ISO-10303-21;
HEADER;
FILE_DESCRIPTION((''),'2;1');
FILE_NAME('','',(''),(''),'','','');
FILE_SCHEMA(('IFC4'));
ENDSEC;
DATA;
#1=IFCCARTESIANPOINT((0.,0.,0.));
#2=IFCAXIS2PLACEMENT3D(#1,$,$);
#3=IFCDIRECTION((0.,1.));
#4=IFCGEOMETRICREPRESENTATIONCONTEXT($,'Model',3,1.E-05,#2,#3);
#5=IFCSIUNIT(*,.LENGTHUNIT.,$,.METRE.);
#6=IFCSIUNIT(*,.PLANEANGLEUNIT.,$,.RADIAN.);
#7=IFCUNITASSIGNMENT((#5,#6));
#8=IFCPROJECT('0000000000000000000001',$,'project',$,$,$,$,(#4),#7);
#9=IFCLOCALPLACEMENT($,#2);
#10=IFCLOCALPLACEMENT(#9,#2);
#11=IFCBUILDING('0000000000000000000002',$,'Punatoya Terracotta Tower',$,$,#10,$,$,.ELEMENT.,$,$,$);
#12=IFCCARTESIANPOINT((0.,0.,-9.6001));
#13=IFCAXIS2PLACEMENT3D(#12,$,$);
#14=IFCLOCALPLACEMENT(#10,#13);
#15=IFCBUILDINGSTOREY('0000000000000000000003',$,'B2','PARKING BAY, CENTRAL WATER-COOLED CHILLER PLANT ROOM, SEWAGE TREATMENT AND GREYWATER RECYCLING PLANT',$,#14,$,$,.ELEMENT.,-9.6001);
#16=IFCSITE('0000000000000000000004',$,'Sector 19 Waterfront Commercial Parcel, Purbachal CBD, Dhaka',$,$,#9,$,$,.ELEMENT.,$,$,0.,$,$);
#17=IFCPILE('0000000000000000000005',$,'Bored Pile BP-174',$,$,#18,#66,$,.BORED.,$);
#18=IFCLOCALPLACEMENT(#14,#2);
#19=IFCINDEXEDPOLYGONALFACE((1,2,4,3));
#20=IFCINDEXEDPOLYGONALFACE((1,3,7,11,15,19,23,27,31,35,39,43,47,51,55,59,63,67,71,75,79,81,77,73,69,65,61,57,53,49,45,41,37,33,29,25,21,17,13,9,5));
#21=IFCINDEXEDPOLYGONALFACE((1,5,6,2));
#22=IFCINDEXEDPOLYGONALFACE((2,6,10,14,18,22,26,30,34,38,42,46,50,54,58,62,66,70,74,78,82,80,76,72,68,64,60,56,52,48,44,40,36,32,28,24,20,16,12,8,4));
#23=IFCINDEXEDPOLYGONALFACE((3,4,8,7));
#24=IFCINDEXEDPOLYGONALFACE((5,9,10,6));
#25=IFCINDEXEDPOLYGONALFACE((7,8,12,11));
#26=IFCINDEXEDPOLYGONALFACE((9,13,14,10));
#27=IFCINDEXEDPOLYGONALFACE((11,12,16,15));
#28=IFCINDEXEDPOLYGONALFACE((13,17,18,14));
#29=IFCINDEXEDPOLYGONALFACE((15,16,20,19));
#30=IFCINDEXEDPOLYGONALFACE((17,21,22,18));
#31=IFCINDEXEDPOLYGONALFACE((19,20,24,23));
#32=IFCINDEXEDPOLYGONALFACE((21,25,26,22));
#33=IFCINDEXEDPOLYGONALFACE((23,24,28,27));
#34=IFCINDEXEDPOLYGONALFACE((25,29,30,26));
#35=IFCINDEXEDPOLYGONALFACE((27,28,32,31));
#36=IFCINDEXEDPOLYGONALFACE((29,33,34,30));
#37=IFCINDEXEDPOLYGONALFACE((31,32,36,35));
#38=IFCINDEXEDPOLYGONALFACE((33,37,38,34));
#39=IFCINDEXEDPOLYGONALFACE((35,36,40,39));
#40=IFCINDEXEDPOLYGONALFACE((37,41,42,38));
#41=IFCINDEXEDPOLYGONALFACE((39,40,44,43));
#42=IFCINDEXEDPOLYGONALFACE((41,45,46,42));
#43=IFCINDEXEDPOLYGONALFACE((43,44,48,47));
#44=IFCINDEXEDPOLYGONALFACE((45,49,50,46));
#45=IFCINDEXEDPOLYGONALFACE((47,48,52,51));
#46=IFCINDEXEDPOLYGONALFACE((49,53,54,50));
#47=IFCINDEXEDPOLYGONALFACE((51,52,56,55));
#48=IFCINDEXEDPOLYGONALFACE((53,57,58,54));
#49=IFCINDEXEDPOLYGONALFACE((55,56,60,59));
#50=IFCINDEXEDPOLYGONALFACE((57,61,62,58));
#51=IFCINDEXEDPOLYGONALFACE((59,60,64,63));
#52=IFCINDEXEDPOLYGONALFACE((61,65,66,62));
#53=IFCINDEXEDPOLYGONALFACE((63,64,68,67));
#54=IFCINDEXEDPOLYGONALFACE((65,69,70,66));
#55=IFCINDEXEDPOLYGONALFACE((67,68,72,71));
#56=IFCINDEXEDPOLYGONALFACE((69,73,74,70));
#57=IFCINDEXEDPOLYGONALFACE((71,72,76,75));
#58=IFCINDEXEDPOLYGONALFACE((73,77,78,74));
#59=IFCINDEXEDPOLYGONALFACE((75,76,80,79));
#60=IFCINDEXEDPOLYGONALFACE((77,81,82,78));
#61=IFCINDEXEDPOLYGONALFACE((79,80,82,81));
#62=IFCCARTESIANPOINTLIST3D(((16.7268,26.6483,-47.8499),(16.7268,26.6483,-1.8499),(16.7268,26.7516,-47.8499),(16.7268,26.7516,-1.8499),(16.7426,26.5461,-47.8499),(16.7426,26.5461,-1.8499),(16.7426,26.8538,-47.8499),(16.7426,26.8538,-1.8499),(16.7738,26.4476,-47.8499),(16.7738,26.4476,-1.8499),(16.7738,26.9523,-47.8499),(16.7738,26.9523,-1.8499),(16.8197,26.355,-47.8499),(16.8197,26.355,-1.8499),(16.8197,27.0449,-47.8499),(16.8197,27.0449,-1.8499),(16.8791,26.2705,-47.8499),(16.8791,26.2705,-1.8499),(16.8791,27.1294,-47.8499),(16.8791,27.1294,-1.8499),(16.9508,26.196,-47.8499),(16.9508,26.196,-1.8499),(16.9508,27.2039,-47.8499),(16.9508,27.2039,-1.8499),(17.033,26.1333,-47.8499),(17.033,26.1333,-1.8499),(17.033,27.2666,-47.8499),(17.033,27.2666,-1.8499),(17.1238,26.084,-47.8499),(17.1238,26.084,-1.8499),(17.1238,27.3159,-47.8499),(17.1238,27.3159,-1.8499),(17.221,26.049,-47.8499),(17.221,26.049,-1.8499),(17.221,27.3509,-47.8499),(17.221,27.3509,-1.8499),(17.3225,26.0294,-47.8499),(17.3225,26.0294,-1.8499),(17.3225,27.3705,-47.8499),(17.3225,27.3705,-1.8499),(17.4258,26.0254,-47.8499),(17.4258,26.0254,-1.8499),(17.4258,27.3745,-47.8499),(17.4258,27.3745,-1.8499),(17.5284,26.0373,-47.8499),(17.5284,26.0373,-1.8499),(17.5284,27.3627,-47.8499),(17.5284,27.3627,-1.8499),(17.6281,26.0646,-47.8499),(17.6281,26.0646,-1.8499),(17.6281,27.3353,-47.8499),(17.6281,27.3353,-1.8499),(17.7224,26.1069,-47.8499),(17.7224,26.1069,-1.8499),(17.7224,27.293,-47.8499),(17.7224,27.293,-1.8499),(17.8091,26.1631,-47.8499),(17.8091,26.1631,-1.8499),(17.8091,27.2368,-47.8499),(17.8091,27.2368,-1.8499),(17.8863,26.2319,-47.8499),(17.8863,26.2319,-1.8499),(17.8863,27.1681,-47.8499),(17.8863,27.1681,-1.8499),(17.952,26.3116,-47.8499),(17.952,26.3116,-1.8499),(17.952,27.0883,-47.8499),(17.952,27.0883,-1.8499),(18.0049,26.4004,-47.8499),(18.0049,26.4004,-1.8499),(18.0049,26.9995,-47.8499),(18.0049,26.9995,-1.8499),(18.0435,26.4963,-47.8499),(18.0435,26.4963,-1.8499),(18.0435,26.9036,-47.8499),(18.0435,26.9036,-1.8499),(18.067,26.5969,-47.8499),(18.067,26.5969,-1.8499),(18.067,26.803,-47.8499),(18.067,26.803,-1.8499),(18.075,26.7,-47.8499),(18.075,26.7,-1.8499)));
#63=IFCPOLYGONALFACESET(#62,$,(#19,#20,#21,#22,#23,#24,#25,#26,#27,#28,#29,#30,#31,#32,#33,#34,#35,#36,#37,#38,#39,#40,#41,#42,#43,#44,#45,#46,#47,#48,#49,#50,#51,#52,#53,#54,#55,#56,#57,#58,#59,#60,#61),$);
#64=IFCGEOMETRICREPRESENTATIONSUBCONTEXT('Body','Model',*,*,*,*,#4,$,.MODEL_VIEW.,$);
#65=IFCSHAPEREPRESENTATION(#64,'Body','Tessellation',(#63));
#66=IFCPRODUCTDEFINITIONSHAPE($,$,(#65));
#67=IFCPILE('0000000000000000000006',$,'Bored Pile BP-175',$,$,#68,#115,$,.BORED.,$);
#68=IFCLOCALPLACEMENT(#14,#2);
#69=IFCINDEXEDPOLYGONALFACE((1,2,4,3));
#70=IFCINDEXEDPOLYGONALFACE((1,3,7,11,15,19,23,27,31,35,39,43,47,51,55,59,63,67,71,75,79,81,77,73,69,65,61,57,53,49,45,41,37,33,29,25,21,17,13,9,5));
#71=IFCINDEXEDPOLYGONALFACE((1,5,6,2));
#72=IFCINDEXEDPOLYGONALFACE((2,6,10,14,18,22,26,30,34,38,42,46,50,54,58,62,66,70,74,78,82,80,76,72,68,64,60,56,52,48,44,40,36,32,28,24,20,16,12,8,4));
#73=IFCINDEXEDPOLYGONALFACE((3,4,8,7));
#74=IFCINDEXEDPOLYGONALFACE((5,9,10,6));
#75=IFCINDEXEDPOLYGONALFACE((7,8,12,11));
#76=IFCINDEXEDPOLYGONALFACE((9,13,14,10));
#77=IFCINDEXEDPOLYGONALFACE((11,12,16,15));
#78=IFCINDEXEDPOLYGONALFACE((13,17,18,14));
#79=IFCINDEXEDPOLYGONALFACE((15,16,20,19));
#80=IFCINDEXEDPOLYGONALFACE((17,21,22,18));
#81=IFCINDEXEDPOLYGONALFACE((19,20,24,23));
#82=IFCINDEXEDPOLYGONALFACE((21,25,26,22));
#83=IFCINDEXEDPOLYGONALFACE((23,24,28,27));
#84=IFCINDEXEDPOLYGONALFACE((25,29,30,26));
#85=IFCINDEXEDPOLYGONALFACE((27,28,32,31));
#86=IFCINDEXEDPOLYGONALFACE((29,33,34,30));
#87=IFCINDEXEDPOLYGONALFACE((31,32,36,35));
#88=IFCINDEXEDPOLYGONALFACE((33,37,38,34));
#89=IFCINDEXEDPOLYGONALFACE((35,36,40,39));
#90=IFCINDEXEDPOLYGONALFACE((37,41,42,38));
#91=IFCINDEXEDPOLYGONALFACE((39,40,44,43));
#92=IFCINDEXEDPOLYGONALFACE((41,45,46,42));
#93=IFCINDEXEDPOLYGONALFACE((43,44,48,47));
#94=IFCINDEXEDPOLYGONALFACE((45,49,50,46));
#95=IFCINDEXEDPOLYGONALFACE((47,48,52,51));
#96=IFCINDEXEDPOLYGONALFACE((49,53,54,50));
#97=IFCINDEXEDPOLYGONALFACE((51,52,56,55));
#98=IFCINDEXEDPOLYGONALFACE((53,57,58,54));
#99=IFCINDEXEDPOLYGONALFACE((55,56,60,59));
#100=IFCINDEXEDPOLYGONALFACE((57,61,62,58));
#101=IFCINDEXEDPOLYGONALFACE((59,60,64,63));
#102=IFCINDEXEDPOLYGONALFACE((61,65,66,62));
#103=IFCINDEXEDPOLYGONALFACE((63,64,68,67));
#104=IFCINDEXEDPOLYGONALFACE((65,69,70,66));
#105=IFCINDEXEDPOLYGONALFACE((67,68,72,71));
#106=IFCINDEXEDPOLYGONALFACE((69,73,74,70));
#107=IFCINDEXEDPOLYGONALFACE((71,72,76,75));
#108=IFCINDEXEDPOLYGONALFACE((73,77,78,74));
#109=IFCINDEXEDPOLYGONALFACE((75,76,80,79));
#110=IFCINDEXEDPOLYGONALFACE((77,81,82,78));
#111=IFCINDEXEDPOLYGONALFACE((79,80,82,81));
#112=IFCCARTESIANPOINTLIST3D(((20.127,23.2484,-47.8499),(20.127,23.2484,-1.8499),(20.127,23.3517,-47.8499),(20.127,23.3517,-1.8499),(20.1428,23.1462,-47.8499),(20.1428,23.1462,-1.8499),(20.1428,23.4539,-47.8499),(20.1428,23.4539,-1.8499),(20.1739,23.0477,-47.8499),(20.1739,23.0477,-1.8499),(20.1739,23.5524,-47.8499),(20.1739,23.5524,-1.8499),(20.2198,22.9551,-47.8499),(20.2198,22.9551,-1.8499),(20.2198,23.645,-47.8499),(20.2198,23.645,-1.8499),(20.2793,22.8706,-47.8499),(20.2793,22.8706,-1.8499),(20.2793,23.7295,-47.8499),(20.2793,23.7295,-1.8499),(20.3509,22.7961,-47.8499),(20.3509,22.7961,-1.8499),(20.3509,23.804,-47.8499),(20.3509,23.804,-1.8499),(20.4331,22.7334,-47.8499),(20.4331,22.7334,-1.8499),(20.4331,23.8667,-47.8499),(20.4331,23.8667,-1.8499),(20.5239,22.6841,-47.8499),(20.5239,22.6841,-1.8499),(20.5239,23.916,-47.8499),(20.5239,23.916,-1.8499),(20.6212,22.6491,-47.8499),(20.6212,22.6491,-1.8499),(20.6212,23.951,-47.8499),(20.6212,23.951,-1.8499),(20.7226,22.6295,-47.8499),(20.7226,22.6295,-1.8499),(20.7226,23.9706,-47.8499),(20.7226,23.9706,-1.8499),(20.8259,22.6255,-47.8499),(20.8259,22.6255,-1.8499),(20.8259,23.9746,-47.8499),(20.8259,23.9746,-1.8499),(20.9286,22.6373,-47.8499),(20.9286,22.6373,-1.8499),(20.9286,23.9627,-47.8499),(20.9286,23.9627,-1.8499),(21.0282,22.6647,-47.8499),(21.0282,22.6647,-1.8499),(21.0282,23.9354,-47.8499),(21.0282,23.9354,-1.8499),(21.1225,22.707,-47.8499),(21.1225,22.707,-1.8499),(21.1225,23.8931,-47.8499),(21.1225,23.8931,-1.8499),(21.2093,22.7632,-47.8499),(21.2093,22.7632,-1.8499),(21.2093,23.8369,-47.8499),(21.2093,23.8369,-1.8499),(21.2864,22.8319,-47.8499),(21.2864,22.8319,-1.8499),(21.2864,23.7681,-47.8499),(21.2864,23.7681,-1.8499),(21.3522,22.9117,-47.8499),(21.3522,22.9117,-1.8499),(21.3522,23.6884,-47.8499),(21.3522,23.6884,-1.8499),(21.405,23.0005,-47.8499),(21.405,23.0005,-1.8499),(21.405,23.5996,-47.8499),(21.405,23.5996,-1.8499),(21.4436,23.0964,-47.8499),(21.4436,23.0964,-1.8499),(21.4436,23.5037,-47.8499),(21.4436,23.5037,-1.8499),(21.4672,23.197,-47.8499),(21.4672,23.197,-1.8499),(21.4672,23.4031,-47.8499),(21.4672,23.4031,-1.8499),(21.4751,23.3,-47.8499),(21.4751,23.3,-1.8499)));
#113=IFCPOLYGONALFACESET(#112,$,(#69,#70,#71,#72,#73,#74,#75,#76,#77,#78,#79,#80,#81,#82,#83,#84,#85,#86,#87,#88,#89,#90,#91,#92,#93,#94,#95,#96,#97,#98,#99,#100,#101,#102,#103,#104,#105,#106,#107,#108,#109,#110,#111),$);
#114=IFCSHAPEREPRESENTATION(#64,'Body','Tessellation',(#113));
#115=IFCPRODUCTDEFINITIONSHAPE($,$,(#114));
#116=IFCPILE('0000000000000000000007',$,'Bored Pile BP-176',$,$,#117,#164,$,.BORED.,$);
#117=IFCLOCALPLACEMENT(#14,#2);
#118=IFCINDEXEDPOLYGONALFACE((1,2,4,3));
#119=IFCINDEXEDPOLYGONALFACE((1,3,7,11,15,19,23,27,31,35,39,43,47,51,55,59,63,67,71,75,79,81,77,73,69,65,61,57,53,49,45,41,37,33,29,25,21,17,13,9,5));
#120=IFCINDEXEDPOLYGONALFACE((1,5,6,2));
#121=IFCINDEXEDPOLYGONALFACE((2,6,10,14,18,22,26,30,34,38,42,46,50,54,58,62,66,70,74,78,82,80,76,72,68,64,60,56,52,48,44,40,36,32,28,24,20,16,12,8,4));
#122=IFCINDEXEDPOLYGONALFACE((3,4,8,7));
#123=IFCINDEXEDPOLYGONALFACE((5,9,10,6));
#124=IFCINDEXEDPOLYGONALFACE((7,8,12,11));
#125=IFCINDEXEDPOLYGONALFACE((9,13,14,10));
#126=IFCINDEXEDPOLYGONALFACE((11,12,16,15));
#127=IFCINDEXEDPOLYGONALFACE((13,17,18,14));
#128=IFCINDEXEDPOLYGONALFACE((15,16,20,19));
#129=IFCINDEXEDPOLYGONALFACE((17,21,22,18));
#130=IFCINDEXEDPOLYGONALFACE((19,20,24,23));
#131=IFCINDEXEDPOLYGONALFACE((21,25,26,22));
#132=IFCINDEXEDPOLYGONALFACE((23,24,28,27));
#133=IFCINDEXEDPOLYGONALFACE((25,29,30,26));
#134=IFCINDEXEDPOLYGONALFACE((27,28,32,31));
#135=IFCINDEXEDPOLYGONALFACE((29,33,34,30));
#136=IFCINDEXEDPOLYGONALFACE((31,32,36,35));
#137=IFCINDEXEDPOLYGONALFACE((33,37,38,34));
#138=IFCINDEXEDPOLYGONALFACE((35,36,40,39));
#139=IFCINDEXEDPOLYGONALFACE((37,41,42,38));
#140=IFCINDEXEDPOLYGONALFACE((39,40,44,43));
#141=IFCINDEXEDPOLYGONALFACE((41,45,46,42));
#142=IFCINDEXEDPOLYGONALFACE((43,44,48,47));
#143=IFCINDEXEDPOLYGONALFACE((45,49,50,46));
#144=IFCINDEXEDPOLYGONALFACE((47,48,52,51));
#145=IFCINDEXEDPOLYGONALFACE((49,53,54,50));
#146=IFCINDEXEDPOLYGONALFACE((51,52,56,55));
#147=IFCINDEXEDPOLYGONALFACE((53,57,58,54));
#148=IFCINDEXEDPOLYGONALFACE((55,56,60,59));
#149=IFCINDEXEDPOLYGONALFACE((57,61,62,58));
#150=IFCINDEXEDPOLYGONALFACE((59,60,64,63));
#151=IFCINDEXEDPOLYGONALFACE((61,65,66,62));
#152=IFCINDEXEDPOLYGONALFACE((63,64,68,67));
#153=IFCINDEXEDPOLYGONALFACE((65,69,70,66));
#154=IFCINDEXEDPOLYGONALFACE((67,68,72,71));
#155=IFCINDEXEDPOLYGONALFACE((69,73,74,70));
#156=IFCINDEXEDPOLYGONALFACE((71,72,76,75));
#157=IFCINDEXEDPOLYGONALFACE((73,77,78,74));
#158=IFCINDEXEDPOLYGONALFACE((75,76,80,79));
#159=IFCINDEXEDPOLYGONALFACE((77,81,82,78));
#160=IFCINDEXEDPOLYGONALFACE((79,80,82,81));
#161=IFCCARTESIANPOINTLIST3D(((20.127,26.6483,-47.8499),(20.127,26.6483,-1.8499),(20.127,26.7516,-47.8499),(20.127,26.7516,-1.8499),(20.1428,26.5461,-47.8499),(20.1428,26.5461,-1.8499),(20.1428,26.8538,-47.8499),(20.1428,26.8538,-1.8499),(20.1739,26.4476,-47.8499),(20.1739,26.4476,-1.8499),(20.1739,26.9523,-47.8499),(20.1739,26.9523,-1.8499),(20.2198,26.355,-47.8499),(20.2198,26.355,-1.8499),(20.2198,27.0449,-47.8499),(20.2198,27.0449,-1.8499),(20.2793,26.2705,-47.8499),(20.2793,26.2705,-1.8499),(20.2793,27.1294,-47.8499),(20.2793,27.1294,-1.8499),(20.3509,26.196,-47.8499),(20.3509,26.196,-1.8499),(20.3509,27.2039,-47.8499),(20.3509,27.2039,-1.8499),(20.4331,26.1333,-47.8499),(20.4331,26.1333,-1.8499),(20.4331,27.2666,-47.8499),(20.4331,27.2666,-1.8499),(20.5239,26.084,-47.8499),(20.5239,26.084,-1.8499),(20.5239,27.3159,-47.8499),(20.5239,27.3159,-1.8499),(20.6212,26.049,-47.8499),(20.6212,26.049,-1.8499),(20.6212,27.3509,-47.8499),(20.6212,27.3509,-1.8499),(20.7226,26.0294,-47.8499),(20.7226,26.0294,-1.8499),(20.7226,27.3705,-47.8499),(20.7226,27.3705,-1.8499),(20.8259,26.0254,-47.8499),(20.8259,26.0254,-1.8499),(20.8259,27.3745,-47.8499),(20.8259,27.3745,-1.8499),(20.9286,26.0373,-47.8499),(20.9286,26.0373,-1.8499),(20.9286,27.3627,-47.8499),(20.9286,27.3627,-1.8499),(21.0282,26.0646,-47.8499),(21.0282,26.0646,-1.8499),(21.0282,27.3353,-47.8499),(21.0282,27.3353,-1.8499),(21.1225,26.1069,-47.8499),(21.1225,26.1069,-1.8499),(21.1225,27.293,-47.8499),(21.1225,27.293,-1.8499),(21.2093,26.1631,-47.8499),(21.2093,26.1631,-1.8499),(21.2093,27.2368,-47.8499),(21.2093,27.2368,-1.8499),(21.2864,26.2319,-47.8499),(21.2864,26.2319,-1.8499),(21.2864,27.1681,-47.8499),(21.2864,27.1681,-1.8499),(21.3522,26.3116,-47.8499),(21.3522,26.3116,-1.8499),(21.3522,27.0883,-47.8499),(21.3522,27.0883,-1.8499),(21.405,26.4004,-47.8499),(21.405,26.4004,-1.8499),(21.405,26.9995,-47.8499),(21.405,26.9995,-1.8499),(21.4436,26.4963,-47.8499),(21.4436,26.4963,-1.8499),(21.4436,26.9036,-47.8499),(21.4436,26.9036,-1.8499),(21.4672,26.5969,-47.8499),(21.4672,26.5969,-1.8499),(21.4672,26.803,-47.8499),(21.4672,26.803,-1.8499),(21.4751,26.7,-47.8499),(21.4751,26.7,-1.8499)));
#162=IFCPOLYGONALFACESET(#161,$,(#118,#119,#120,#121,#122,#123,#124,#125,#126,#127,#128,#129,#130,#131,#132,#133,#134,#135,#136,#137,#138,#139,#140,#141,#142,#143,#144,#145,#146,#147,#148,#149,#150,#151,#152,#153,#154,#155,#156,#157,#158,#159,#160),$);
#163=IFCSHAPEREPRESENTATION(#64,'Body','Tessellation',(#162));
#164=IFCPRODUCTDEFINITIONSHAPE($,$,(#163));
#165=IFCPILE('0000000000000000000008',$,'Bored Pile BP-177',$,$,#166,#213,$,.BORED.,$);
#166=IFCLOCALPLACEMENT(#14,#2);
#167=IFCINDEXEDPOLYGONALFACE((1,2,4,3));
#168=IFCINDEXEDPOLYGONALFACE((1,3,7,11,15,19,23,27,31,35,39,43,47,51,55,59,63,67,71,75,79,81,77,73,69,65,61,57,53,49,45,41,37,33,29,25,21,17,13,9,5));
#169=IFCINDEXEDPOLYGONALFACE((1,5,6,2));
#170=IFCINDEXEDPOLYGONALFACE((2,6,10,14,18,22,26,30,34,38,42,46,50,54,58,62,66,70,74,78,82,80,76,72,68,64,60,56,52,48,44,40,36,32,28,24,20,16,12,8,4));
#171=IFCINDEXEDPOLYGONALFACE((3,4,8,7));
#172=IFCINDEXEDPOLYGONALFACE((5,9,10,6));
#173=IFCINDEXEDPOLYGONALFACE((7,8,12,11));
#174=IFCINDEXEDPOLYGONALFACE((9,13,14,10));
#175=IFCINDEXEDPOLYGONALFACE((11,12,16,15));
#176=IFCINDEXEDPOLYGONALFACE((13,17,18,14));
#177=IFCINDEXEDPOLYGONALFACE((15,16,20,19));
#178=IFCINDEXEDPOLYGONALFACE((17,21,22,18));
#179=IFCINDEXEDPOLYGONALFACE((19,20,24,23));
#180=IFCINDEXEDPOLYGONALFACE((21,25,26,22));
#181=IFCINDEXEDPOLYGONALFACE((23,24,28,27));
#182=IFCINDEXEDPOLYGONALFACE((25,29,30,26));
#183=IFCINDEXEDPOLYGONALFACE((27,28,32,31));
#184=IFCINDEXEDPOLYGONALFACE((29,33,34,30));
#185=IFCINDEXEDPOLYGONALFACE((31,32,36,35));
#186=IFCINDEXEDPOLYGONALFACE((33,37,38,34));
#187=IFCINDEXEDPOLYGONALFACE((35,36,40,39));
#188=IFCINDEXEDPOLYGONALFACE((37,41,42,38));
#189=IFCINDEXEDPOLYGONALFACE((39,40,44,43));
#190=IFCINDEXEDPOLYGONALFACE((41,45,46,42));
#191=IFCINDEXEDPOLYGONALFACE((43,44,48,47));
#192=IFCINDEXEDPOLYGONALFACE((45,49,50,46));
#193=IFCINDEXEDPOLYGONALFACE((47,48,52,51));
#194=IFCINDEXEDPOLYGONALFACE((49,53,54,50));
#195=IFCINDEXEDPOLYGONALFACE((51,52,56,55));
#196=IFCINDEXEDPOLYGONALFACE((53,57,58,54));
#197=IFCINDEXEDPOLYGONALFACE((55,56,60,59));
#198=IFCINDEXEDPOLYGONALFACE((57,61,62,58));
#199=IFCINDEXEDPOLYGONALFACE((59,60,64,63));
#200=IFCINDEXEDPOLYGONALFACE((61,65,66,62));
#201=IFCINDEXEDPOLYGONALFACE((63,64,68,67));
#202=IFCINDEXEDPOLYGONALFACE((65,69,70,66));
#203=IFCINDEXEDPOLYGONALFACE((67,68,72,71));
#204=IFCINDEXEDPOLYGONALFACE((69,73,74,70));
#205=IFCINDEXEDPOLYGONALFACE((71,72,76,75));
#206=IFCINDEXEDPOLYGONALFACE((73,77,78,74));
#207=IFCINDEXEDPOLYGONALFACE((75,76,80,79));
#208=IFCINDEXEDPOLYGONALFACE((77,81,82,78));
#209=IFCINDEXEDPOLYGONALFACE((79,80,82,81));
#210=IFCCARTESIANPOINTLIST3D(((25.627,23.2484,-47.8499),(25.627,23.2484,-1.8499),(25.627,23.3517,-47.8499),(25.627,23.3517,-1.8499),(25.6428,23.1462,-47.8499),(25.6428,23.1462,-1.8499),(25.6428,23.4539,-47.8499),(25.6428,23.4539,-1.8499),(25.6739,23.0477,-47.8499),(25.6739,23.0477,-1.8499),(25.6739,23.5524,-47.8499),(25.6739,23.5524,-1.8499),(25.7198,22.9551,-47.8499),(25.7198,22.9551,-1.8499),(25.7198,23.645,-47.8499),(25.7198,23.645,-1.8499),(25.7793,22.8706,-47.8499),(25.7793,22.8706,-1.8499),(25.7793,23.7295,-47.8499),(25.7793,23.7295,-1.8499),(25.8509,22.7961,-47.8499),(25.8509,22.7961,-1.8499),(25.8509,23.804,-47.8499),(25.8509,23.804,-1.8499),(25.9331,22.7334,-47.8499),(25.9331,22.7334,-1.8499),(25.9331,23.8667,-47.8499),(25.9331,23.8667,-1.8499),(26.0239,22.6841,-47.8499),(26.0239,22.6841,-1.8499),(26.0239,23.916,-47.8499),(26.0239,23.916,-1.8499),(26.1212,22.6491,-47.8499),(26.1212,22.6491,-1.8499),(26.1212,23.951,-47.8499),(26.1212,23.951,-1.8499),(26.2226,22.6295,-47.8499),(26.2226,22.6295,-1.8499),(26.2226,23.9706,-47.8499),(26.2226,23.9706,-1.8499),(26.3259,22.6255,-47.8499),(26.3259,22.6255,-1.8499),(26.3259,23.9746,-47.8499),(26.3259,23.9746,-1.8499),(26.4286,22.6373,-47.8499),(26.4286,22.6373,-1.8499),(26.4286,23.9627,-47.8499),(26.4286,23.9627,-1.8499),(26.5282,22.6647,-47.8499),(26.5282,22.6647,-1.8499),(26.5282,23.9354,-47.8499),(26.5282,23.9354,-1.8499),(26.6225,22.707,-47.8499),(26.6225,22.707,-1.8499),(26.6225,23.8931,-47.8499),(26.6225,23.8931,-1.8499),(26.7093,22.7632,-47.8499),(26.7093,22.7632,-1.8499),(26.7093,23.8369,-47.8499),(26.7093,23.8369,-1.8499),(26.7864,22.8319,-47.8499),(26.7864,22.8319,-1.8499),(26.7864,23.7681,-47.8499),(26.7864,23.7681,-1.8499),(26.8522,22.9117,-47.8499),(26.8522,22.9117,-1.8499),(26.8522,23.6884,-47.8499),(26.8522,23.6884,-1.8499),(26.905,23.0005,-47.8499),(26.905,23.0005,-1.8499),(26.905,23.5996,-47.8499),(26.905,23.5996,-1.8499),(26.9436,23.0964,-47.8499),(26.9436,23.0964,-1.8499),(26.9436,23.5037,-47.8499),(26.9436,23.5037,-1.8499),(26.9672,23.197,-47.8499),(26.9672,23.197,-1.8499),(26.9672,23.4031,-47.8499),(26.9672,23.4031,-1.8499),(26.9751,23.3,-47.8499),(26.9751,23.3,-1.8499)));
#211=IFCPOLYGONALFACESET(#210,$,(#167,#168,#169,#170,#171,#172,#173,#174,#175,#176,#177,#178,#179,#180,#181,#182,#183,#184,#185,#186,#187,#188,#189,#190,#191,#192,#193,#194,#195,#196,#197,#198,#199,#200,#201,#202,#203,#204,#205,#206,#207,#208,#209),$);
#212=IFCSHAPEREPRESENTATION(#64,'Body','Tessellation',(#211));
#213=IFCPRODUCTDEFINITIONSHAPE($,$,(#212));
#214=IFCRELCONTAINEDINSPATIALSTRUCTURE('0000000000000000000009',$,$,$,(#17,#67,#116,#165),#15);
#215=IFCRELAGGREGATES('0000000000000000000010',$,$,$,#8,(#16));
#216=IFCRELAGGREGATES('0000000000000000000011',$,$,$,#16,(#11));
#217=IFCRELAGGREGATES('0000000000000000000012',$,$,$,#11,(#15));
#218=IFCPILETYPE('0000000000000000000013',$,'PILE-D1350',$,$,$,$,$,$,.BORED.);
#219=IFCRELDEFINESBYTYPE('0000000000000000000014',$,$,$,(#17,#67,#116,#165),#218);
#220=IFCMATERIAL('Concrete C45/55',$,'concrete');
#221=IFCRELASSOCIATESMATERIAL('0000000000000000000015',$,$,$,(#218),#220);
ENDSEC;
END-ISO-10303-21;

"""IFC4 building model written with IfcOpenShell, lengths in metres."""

from ifc_helpers import new_model, si_unit, direction, frame, origin, origin_2d, place, context, subcontext, project, spatial, circle, extrude, material, material_profile, profile_set, type_object, element, save


model = new_model("IFC4")

# Units and contexts
model_context = context("Model", 3, precision=1e-05, world=origin(), true_north=direction((0.0, 1.0)))
body_context = subcontext(model_context, "Body", "Model", "MODEL_VIEW")
ifc_project = project(units=[si_unit("LENGTHUNIT", "METRE"), si_unit("PLANEANGLEUNIT", "RADIAN")], contexts=[model_context])

# Site, building, storey
site_placement = place(None, origin())
site = spatial("IfcSite", under=ifc_project, at=site_placement, Name="Sector 19 Waterfront Commercial Parcel, Purbachal CBD, Dhaka", CompositionType="ELEMENT", RefElevation=0.0)
building_placement = place(site_placement, origin())
building = spatial("IfcBuilding", under=site, at=building_placement, Name="Punatoya Terracotta Tower", CompositionType="ELEMENT")
storey_placement = place(building_placement, frame((0.0, 0.0, -9.6001)))
storey = spatial("IfcBuildingStorey", under=building, at=storey_placement, Name="B2", Description="PARKING BAY, CENTRAL WATER-COOLED CHILLER PLANT ROOM, SEWAGE TREATMENT AND GREYWATER RECYCLING PLANT", CompositionType="ELEMENT", Elevation=-9.6001)

# Shared definitions
ifc_material_1 = material(Name="Concrete C45/55", Category="concrete")

# Piles
ifc_material_profile_1 = material_profile(ifc_material_1, circle(Radius=0.675, at=origin_2d()))
ifc_profile_set_1 = profile_set([ifc_material_profile_1], Name="Concrete C45/55")
pile_type_1 = type_object("IfcPileType", Name="PILE-D1350", PredefinedType="BORED", material=ifc_profile_set_1)
for number, where, z_axis, x_axis, name in (
    (1, (17.3999, 26.7, -1.8499), (0.0, 0.0, -1.0), (1.0, 0.0, 0.0), "Bored Pile BP-174"),
    (2, (20.8, 23.3, -1.8499), (0.0, 0.0, -1.0), (1.0, 0.0, 0.0), "Bored Pile BP-175"),
    (3, (20.8, 26.7, -1.8499), (0.0, 0.0, -1.0), (1.0, 0.0, 0.0), "Bored Pile BP-176"),
    (4, (26.3, 23.3, -1.8499), (0.0, 0.0, -1.0), (1.0, 0.0, 0.0), "Bored Pile BP-177"),
):
    element("IfcPile", number, at=place(storey_placement, frame(where, z_axis=z_axis, x_axis=x_axis)), inside=storey, type_object=pile_type_1, Name=name, PredefinedType="BORED", context=body_context, shape_type="SweptSolid", body=[
        extrude(circle(Radius=0.675, at=origin_2d()), origin(), (0.0, 0.0, 1.0), 46.0),
    ])

save(model, "model.ifc")
